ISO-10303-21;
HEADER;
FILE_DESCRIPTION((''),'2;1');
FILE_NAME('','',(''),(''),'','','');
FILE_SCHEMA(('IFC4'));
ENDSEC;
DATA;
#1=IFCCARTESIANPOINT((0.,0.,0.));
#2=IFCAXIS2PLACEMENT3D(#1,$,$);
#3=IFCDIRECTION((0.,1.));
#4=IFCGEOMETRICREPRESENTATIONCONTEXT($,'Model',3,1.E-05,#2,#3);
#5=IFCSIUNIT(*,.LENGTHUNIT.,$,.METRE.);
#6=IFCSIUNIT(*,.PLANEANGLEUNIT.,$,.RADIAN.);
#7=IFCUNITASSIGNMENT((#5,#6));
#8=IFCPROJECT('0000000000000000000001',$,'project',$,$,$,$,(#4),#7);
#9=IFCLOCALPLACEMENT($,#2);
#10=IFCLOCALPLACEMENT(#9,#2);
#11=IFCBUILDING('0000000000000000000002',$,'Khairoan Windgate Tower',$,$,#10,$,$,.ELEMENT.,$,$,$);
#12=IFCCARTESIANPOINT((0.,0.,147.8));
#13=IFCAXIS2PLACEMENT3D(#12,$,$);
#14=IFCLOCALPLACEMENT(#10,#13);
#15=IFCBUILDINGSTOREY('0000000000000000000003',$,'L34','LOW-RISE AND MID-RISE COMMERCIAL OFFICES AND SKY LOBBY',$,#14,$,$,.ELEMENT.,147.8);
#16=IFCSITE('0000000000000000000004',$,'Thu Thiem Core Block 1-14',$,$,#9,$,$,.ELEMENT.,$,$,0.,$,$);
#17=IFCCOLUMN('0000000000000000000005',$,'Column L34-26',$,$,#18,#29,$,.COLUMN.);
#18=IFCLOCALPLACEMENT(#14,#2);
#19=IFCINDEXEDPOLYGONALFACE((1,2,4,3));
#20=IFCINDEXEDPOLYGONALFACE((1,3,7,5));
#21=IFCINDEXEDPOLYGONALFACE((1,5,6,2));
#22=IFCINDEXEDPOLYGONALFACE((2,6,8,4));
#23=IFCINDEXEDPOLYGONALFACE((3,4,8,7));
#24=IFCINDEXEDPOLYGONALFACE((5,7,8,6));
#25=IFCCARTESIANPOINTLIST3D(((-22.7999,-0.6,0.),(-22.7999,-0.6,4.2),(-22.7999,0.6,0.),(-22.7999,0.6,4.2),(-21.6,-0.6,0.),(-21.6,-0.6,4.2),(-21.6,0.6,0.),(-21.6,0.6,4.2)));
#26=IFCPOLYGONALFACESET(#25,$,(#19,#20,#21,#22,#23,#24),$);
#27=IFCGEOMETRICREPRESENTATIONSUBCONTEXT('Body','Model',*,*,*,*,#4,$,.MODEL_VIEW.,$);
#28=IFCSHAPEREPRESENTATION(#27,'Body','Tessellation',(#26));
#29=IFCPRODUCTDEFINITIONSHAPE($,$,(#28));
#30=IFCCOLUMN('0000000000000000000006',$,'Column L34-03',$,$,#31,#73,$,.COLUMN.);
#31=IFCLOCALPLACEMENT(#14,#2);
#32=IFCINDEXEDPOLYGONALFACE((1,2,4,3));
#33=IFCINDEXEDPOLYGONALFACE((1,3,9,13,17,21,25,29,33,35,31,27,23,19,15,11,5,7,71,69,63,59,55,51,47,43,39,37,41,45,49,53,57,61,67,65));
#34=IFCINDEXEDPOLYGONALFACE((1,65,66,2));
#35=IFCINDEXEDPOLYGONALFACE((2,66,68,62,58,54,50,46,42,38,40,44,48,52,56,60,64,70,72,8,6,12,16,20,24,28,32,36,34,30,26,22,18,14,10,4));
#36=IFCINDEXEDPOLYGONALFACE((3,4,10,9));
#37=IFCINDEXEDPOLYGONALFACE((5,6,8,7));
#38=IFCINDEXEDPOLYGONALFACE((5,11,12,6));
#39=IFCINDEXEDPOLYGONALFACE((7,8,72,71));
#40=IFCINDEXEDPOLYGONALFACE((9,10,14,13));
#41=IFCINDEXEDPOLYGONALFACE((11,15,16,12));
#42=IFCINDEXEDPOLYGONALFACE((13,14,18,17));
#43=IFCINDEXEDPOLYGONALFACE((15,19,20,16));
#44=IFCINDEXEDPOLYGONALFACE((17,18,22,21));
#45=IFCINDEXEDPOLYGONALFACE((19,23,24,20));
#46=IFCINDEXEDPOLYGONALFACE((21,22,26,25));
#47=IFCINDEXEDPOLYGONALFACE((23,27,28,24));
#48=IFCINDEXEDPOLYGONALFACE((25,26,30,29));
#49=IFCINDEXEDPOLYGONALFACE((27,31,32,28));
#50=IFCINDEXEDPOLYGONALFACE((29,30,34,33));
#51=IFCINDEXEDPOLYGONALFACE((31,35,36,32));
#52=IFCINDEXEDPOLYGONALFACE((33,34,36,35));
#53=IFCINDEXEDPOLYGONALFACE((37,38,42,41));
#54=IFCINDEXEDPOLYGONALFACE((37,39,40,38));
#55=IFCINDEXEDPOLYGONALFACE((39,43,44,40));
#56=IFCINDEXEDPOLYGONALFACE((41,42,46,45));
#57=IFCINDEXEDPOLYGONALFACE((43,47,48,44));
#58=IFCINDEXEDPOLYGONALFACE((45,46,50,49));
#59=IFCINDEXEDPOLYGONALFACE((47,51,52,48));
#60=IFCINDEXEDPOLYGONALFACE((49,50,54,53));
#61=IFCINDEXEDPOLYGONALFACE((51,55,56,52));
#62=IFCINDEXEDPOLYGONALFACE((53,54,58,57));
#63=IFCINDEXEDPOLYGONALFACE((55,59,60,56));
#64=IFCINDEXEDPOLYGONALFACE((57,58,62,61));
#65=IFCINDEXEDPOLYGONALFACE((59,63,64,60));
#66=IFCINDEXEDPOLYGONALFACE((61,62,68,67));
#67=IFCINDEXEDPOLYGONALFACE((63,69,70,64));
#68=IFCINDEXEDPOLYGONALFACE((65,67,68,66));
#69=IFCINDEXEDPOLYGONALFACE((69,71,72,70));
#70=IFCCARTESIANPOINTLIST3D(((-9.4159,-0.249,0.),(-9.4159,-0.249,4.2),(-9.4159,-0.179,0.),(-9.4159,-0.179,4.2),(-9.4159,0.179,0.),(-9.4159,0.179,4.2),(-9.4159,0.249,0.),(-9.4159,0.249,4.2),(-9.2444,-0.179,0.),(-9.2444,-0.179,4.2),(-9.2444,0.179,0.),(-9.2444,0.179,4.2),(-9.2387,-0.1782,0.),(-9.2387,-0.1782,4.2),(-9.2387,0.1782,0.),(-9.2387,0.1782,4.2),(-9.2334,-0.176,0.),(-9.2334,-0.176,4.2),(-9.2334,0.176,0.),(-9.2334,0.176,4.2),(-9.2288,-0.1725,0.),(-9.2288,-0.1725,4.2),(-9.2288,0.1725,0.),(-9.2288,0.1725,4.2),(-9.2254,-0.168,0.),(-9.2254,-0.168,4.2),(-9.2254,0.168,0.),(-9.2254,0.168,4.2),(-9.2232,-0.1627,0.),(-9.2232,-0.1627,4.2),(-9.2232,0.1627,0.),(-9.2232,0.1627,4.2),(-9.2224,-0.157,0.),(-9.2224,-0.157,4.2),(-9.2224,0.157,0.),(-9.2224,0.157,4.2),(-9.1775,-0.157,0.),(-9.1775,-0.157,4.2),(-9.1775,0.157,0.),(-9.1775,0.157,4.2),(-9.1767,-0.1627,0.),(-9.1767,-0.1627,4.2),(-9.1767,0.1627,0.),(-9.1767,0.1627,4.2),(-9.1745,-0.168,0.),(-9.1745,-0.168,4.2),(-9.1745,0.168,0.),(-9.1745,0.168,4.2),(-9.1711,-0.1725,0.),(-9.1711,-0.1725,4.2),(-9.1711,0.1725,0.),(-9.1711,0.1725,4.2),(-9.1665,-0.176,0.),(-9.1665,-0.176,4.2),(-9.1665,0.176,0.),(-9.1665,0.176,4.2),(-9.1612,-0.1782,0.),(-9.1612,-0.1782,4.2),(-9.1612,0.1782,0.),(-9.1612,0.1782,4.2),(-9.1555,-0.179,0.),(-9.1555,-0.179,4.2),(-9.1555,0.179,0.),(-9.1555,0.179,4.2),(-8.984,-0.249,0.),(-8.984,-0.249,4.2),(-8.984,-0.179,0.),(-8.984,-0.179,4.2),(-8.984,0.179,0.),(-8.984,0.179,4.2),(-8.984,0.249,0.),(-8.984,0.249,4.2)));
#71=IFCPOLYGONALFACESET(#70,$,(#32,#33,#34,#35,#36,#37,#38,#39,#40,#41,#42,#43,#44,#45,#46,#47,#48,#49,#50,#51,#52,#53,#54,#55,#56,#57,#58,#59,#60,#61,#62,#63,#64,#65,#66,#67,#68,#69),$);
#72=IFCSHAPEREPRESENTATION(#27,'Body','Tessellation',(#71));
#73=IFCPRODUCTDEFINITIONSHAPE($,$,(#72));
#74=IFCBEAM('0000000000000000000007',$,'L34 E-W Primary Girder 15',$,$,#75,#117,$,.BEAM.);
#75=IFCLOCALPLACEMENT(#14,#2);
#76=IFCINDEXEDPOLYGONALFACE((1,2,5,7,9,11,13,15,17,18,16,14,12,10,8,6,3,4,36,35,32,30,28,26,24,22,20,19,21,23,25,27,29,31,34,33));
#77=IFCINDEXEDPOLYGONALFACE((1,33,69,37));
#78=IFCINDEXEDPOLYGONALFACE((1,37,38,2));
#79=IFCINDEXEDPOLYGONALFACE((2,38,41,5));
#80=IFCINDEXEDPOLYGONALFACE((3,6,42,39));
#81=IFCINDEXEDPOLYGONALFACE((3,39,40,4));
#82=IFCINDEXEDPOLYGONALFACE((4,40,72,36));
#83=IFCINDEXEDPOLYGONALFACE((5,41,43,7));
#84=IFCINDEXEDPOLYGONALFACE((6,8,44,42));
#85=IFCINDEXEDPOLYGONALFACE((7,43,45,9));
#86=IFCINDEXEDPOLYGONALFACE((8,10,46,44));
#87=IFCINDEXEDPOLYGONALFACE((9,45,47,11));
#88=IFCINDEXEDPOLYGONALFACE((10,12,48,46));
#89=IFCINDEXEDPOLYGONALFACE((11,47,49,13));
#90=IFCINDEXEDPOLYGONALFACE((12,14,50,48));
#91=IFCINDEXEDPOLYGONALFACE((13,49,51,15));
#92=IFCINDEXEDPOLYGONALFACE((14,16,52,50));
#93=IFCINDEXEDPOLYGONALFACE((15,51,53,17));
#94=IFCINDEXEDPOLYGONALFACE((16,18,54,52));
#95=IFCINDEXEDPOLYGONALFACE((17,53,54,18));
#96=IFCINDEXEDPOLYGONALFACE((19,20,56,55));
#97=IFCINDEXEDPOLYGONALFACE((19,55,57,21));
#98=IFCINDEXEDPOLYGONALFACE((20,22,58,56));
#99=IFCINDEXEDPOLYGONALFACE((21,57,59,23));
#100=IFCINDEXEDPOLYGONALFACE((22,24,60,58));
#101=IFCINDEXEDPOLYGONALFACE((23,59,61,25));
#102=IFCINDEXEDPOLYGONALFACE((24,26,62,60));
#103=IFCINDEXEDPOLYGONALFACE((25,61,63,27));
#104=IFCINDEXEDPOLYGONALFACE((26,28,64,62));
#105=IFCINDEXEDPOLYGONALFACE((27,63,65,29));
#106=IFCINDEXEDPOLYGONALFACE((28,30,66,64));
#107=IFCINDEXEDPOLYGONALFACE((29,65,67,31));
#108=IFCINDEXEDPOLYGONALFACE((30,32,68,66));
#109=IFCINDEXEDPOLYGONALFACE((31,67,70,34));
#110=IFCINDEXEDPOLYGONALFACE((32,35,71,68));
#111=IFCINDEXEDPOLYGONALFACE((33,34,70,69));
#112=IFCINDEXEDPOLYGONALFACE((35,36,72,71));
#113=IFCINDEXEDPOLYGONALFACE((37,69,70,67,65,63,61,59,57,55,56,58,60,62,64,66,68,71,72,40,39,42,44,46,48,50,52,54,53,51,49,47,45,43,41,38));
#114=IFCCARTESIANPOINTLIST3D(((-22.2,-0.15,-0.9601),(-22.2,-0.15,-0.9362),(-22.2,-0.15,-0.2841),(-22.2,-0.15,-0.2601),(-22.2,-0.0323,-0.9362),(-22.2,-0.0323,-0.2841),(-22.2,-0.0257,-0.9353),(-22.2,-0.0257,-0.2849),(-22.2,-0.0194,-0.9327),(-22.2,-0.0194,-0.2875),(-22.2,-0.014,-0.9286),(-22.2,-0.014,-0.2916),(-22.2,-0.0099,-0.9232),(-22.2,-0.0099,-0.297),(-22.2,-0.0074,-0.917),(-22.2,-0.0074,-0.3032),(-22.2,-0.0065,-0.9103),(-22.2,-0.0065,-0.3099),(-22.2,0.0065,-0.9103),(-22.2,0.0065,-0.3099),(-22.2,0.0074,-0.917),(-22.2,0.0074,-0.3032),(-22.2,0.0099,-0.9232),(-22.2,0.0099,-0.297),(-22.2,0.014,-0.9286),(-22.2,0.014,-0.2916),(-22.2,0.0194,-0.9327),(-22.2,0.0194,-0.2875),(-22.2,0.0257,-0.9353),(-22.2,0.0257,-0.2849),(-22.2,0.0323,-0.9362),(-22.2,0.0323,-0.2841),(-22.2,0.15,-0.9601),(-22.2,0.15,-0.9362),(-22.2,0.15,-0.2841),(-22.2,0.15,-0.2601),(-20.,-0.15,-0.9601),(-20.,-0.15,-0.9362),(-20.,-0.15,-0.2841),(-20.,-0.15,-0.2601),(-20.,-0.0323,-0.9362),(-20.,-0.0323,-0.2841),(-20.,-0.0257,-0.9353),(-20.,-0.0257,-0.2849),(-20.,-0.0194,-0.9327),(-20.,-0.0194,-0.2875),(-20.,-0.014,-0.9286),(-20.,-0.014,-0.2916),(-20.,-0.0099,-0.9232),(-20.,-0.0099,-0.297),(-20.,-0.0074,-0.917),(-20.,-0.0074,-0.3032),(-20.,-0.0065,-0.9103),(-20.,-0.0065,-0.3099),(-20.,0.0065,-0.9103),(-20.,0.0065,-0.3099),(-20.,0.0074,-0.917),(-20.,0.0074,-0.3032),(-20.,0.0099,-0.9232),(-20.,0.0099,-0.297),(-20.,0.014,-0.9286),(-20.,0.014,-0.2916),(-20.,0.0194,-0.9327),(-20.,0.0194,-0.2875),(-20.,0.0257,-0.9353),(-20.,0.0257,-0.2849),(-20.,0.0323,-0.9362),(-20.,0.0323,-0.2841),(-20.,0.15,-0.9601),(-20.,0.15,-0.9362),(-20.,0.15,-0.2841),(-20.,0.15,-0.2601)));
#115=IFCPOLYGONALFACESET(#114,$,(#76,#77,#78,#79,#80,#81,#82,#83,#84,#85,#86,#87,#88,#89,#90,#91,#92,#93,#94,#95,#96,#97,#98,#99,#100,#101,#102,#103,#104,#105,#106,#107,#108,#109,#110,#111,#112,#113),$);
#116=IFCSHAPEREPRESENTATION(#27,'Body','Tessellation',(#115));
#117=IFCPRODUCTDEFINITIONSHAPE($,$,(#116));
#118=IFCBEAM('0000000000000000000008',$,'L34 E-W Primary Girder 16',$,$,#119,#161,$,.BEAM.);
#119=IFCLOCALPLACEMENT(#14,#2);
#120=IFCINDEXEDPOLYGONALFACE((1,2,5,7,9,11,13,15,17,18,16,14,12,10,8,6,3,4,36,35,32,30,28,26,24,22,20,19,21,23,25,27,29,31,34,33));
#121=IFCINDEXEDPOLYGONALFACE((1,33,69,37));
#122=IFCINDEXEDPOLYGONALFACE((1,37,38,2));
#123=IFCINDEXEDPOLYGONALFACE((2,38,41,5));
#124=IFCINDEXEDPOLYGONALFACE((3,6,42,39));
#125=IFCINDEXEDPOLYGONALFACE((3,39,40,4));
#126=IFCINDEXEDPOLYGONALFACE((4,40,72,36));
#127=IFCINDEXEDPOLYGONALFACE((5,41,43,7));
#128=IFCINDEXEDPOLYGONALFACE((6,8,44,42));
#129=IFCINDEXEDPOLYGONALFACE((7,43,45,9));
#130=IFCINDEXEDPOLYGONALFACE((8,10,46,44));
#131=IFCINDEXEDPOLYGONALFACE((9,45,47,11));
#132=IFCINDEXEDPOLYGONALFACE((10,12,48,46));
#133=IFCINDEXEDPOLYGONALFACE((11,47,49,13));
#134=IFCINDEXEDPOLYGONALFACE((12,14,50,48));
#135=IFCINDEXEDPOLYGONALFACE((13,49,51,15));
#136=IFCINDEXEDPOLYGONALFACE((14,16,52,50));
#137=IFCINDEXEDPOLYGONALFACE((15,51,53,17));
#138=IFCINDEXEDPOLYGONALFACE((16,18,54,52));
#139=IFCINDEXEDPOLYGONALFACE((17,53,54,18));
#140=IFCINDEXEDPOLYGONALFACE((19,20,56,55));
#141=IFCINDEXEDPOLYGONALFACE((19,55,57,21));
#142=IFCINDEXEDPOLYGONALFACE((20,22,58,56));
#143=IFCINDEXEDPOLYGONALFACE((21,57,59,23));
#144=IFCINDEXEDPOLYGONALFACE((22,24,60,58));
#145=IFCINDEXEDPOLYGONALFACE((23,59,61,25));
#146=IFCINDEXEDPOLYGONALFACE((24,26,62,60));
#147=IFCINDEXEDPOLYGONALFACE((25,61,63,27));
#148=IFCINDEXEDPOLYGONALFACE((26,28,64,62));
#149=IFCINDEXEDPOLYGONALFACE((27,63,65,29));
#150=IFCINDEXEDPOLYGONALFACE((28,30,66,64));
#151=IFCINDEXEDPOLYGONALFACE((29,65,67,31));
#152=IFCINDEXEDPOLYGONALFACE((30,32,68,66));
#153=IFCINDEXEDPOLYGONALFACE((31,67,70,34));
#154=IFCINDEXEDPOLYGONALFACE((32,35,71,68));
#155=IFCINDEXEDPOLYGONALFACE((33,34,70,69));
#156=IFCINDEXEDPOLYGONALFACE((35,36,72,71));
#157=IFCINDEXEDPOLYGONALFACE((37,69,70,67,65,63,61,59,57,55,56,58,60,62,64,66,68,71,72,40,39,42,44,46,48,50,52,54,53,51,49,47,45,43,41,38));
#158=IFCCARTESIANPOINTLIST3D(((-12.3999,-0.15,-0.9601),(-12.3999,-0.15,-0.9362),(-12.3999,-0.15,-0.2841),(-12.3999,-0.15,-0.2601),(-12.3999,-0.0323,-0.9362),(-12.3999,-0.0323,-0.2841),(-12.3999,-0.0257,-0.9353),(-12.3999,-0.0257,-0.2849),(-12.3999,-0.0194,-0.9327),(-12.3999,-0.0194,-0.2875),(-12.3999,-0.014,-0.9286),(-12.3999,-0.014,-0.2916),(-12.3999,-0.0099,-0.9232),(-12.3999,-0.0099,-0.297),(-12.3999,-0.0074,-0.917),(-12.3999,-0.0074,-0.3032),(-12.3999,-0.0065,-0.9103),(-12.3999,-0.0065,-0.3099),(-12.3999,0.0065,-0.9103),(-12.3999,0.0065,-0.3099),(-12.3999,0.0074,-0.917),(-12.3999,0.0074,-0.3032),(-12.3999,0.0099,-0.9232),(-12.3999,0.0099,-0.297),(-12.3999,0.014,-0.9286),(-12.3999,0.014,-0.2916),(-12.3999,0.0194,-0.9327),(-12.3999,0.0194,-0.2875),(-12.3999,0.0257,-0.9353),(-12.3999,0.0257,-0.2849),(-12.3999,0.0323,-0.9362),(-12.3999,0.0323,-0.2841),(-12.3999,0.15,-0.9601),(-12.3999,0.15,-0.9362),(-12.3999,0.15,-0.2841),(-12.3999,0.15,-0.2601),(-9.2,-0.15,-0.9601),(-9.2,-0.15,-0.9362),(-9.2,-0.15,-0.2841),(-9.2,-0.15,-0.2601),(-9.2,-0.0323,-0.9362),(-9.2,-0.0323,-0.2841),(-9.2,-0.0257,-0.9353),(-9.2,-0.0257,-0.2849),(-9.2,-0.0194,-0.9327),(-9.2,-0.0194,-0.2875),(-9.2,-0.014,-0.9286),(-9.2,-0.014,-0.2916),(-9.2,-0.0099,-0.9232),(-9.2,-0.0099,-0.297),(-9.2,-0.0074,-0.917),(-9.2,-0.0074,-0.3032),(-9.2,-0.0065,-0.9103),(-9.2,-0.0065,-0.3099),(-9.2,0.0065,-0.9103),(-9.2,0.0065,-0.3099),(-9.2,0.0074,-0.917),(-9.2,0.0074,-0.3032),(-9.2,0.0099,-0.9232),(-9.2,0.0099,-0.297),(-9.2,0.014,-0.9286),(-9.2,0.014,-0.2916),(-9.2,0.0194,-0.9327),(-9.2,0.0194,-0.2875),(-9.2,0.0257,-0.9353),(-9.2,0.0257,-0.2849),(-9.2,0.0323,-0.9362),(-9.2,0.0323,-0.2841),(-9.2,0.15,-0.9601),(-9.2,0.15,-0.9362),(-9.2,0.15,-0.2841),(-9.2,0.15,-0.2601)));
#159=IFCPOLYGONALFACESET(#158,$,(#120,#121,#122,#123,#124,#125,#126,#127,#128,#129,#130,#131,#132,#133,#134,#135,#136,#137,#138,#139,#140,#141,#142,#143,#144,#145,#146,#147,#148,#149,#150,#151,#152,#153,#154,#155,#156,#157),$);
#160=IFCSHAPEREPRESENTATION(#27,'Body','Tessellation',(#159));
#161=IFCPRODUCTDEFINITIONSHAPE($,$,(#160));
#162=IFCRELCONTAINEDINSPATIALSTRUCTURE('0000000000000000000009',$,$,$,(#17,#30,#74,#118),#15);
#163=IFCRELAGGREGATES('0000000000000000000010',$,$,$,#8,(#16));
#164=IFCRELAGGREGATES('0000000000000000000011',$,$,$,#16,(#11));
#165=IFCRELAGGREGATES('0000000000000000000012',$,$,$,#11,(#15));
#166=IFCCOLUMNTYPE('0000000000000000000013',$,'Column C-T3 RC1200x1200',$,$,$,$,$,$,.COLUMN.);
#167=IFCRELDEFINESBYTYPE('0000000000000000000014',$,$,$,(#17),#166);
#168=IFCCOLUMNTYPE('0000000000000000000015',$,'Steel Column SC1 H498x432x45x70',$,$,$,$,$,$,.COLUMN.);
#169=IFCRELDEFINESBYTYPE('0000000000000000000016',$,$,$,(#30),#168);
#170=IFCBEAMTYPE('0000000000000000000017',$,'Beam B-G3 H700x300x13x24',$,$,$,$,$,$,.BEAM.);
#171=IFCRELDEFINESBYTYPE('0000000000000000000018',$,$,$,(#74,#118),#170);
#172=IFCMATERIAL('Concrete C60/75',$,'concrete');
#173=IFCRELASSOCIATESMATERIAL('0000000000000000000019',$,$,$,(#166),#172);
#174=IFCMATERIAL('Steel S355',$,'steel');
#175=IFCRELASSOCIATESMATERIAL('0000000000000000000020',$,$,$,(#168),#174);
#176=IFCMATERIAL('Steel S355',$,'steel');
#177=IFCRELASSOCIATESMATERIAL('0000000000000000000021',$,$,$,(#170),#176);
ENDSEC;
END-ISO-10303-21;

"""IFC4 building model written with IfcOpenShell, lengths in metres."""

from ifc_helpers import new_model, si_unit, direction, frame, origin, origin_2d, place, context, subcontext, project, spatial, rectangle, i_section, extrude, material, material_profile, profile_set, type_object, element, save


model = new_model("IFC4")

# Units and contexts
model_context = context("Model", 3, precision=1e-05, world=origin(), true_north=direction((0.0, 1.0)))
body_context = subcontext(model_context, "Body", "Model", "MODEL_VIEW")
ifc_project = project(units=[si_unit("LENGTHUNIT", "METRE"), si_unit("PLANEANGLEUNIT", "RADIAN")], contexts=[model_context])

# Site, building, storey
site_placement = place(None, origin())
site = spatial("IfcSite", under=ifc_project, at=site_placement, Name="Thu Thiem Core Block 1-14", CompositionType="ELEMENT", RefElevation=0.0)
building_placement = place(site_placement, origin())
building = spatial("IfcBuilding", under=site, at=building_placement, Name="Khairoan Windgate Tower", CompositionType="ELEMENT")
storey_placement = place(building_placement, frame((0.0, 0.0, 147.8)))
storey = spatial("IfcBuildingStorey", under=building, at=storey_placement, Name="L34", Description="LOW-RISE AND MID-RISE COMMERCIAL OFFICES AND SKY LOBBY", CompositionType="ELEMENT", Elevation=147.8)

# Columns
ifc_material_1 = material(Name="Concrete C60/75", Category="concrete")
ifc_material_profile_1 = material_profile(ifc_material_1, rectangle(XDim=1.2, YDim=1.2, at=origin_2d()))
ifc_profile_set_1 = profile_set([ifc_material_profile_1], Name="Concrete C60/75")
column_type_1 = type_object("IfcColumnType", Name="Column C-T3 RC1200x1200", PredefinedType="COLUMN", material=ifc_profile_set_1)
column_1_placement = place(storey_placement, frame((-22.2, 0.0, 0.0), z_axis=(0.0, 0.0, 1.0), x_axis=(1.0, 0.0, 0.0)))
element("IfcColumn", 1, at=column_1_placement, inside=storey, type_object=column_type_1, Name="Column L34-26", PredefinedType="COLUMN", context=body_context, shape_type="SweptSolid", body=[
    extrude(rectangle(XDim=1.2, YDim=1.2, at=origin_2d()), origin(), (0.0, 0.0, 1.0), 4.2),
])
ifc_material_2 = material(Name="Steel S355", Category="steel")
ifc_material_profile_2 = material_profile(ifc_material_2, i_section(OverallWidth=0.4319, OverallDepth=0.498, WebThickness=0.0449, FlangeThickness=0.0701, FilletRadius=0.022, at=origin_2d()))
ifc_profile_set_2 = profile_set([ifc_material_profile_2], Name="Steel S355")
column_type_2 = type_object("IfcColumnType", Name="Steel Column SC1 H498x432x45x70", PredefinedType="COLUMN", material=ifc_profile_set_2)
column_2_placement = place(storey_placement, frame((-9.2, 0.0, 0.0), z_axis=(0.0, 0.0, 1.0), x_axis=(1.0, 0.0, 0.0)))
element("IfcColumn", 2, at=column_2_placement, inside=storey, type_object=column_type_2, Name="Column L34-03", PredefinedType="COLUMN", context=body_context, shape_type="SweptSolid", body=[
    extrude(i_section(OverallWidth=0.4319, OverallDepth=0.498, WebThickness=0.0449, FlangeThickness=0.0701, FilletRadius=0.022, at=origin_2d()), origin(), (0.0, 0.0, 1.0), 4.2),
])

# Beams
ifc_material_3 = material(Name="Steel S355", Category="steel")
ifc_material_profile_3 = material_profile(ifc_material_3, i_section(OverallWidth=0.3, OverallDepth=0.7, WebThickness=0.0129, FlangeThickness=0.0239, FilletRadius=0.0259, at=origin_2d()))
ifc_profile_set_3 = profile_set([ifc_material_profile_3], Name="Steel S355")
beam_type_1 = type_object("IfcBeamType", Name="Beam B-G3 H700x300x13x24", PredefinedType="BEAM", material=ifc_profile_set_3)
beam_1_placement = place(storey_placement, frame((-22.2, 0.0, -0.6101), z_axis=(1.0, 0.0, 0.0), x_axis=(0.0, 1.0, 0.0)))
element("IfcBeam", 3, at=beam_1_placement, inside=storey, type_object=beam_type_1, Name="L34 E-W Primary Girder 15", PredefinedType="BEAM", context=body_context, shape_type="SweptSolid", body=[
    extrude(i_section(OverallWidth=0.3, OverallDepth=0.7, WebThickness=0.0129, FlangeThickness=0.0239, FilletRadius=0.0259, at=origin_2d()), origin(), (0.0, 0.0, 1.0), 2.2),
])
beam_2_placement = place(storey_placement, frame((-12.3999, 0.0, -0.6101), z_axis=(1.0, 0.0, 0.0), x_axis=(0.0, 1.0, 0.0)))
element("IfcBeam", 4, at=beam_2_placement, inside=storey, type_object=beam_type_1, Name="L34 E-W Primary Girder 16", PredefinedType="BEAM", context=body_context, shape_type="SweptSolid", body=[
    extrude(i_section(OverallWidth=0.3, OverallDepth=0.7, WebThickness=0.0129, FlangeThickness=0.0239, FilletRadius=0.0259, at=origin_2d()), origin(), (0.0, 0.0, 1.0), 3.2),
])

save(model, "model.ifc")
